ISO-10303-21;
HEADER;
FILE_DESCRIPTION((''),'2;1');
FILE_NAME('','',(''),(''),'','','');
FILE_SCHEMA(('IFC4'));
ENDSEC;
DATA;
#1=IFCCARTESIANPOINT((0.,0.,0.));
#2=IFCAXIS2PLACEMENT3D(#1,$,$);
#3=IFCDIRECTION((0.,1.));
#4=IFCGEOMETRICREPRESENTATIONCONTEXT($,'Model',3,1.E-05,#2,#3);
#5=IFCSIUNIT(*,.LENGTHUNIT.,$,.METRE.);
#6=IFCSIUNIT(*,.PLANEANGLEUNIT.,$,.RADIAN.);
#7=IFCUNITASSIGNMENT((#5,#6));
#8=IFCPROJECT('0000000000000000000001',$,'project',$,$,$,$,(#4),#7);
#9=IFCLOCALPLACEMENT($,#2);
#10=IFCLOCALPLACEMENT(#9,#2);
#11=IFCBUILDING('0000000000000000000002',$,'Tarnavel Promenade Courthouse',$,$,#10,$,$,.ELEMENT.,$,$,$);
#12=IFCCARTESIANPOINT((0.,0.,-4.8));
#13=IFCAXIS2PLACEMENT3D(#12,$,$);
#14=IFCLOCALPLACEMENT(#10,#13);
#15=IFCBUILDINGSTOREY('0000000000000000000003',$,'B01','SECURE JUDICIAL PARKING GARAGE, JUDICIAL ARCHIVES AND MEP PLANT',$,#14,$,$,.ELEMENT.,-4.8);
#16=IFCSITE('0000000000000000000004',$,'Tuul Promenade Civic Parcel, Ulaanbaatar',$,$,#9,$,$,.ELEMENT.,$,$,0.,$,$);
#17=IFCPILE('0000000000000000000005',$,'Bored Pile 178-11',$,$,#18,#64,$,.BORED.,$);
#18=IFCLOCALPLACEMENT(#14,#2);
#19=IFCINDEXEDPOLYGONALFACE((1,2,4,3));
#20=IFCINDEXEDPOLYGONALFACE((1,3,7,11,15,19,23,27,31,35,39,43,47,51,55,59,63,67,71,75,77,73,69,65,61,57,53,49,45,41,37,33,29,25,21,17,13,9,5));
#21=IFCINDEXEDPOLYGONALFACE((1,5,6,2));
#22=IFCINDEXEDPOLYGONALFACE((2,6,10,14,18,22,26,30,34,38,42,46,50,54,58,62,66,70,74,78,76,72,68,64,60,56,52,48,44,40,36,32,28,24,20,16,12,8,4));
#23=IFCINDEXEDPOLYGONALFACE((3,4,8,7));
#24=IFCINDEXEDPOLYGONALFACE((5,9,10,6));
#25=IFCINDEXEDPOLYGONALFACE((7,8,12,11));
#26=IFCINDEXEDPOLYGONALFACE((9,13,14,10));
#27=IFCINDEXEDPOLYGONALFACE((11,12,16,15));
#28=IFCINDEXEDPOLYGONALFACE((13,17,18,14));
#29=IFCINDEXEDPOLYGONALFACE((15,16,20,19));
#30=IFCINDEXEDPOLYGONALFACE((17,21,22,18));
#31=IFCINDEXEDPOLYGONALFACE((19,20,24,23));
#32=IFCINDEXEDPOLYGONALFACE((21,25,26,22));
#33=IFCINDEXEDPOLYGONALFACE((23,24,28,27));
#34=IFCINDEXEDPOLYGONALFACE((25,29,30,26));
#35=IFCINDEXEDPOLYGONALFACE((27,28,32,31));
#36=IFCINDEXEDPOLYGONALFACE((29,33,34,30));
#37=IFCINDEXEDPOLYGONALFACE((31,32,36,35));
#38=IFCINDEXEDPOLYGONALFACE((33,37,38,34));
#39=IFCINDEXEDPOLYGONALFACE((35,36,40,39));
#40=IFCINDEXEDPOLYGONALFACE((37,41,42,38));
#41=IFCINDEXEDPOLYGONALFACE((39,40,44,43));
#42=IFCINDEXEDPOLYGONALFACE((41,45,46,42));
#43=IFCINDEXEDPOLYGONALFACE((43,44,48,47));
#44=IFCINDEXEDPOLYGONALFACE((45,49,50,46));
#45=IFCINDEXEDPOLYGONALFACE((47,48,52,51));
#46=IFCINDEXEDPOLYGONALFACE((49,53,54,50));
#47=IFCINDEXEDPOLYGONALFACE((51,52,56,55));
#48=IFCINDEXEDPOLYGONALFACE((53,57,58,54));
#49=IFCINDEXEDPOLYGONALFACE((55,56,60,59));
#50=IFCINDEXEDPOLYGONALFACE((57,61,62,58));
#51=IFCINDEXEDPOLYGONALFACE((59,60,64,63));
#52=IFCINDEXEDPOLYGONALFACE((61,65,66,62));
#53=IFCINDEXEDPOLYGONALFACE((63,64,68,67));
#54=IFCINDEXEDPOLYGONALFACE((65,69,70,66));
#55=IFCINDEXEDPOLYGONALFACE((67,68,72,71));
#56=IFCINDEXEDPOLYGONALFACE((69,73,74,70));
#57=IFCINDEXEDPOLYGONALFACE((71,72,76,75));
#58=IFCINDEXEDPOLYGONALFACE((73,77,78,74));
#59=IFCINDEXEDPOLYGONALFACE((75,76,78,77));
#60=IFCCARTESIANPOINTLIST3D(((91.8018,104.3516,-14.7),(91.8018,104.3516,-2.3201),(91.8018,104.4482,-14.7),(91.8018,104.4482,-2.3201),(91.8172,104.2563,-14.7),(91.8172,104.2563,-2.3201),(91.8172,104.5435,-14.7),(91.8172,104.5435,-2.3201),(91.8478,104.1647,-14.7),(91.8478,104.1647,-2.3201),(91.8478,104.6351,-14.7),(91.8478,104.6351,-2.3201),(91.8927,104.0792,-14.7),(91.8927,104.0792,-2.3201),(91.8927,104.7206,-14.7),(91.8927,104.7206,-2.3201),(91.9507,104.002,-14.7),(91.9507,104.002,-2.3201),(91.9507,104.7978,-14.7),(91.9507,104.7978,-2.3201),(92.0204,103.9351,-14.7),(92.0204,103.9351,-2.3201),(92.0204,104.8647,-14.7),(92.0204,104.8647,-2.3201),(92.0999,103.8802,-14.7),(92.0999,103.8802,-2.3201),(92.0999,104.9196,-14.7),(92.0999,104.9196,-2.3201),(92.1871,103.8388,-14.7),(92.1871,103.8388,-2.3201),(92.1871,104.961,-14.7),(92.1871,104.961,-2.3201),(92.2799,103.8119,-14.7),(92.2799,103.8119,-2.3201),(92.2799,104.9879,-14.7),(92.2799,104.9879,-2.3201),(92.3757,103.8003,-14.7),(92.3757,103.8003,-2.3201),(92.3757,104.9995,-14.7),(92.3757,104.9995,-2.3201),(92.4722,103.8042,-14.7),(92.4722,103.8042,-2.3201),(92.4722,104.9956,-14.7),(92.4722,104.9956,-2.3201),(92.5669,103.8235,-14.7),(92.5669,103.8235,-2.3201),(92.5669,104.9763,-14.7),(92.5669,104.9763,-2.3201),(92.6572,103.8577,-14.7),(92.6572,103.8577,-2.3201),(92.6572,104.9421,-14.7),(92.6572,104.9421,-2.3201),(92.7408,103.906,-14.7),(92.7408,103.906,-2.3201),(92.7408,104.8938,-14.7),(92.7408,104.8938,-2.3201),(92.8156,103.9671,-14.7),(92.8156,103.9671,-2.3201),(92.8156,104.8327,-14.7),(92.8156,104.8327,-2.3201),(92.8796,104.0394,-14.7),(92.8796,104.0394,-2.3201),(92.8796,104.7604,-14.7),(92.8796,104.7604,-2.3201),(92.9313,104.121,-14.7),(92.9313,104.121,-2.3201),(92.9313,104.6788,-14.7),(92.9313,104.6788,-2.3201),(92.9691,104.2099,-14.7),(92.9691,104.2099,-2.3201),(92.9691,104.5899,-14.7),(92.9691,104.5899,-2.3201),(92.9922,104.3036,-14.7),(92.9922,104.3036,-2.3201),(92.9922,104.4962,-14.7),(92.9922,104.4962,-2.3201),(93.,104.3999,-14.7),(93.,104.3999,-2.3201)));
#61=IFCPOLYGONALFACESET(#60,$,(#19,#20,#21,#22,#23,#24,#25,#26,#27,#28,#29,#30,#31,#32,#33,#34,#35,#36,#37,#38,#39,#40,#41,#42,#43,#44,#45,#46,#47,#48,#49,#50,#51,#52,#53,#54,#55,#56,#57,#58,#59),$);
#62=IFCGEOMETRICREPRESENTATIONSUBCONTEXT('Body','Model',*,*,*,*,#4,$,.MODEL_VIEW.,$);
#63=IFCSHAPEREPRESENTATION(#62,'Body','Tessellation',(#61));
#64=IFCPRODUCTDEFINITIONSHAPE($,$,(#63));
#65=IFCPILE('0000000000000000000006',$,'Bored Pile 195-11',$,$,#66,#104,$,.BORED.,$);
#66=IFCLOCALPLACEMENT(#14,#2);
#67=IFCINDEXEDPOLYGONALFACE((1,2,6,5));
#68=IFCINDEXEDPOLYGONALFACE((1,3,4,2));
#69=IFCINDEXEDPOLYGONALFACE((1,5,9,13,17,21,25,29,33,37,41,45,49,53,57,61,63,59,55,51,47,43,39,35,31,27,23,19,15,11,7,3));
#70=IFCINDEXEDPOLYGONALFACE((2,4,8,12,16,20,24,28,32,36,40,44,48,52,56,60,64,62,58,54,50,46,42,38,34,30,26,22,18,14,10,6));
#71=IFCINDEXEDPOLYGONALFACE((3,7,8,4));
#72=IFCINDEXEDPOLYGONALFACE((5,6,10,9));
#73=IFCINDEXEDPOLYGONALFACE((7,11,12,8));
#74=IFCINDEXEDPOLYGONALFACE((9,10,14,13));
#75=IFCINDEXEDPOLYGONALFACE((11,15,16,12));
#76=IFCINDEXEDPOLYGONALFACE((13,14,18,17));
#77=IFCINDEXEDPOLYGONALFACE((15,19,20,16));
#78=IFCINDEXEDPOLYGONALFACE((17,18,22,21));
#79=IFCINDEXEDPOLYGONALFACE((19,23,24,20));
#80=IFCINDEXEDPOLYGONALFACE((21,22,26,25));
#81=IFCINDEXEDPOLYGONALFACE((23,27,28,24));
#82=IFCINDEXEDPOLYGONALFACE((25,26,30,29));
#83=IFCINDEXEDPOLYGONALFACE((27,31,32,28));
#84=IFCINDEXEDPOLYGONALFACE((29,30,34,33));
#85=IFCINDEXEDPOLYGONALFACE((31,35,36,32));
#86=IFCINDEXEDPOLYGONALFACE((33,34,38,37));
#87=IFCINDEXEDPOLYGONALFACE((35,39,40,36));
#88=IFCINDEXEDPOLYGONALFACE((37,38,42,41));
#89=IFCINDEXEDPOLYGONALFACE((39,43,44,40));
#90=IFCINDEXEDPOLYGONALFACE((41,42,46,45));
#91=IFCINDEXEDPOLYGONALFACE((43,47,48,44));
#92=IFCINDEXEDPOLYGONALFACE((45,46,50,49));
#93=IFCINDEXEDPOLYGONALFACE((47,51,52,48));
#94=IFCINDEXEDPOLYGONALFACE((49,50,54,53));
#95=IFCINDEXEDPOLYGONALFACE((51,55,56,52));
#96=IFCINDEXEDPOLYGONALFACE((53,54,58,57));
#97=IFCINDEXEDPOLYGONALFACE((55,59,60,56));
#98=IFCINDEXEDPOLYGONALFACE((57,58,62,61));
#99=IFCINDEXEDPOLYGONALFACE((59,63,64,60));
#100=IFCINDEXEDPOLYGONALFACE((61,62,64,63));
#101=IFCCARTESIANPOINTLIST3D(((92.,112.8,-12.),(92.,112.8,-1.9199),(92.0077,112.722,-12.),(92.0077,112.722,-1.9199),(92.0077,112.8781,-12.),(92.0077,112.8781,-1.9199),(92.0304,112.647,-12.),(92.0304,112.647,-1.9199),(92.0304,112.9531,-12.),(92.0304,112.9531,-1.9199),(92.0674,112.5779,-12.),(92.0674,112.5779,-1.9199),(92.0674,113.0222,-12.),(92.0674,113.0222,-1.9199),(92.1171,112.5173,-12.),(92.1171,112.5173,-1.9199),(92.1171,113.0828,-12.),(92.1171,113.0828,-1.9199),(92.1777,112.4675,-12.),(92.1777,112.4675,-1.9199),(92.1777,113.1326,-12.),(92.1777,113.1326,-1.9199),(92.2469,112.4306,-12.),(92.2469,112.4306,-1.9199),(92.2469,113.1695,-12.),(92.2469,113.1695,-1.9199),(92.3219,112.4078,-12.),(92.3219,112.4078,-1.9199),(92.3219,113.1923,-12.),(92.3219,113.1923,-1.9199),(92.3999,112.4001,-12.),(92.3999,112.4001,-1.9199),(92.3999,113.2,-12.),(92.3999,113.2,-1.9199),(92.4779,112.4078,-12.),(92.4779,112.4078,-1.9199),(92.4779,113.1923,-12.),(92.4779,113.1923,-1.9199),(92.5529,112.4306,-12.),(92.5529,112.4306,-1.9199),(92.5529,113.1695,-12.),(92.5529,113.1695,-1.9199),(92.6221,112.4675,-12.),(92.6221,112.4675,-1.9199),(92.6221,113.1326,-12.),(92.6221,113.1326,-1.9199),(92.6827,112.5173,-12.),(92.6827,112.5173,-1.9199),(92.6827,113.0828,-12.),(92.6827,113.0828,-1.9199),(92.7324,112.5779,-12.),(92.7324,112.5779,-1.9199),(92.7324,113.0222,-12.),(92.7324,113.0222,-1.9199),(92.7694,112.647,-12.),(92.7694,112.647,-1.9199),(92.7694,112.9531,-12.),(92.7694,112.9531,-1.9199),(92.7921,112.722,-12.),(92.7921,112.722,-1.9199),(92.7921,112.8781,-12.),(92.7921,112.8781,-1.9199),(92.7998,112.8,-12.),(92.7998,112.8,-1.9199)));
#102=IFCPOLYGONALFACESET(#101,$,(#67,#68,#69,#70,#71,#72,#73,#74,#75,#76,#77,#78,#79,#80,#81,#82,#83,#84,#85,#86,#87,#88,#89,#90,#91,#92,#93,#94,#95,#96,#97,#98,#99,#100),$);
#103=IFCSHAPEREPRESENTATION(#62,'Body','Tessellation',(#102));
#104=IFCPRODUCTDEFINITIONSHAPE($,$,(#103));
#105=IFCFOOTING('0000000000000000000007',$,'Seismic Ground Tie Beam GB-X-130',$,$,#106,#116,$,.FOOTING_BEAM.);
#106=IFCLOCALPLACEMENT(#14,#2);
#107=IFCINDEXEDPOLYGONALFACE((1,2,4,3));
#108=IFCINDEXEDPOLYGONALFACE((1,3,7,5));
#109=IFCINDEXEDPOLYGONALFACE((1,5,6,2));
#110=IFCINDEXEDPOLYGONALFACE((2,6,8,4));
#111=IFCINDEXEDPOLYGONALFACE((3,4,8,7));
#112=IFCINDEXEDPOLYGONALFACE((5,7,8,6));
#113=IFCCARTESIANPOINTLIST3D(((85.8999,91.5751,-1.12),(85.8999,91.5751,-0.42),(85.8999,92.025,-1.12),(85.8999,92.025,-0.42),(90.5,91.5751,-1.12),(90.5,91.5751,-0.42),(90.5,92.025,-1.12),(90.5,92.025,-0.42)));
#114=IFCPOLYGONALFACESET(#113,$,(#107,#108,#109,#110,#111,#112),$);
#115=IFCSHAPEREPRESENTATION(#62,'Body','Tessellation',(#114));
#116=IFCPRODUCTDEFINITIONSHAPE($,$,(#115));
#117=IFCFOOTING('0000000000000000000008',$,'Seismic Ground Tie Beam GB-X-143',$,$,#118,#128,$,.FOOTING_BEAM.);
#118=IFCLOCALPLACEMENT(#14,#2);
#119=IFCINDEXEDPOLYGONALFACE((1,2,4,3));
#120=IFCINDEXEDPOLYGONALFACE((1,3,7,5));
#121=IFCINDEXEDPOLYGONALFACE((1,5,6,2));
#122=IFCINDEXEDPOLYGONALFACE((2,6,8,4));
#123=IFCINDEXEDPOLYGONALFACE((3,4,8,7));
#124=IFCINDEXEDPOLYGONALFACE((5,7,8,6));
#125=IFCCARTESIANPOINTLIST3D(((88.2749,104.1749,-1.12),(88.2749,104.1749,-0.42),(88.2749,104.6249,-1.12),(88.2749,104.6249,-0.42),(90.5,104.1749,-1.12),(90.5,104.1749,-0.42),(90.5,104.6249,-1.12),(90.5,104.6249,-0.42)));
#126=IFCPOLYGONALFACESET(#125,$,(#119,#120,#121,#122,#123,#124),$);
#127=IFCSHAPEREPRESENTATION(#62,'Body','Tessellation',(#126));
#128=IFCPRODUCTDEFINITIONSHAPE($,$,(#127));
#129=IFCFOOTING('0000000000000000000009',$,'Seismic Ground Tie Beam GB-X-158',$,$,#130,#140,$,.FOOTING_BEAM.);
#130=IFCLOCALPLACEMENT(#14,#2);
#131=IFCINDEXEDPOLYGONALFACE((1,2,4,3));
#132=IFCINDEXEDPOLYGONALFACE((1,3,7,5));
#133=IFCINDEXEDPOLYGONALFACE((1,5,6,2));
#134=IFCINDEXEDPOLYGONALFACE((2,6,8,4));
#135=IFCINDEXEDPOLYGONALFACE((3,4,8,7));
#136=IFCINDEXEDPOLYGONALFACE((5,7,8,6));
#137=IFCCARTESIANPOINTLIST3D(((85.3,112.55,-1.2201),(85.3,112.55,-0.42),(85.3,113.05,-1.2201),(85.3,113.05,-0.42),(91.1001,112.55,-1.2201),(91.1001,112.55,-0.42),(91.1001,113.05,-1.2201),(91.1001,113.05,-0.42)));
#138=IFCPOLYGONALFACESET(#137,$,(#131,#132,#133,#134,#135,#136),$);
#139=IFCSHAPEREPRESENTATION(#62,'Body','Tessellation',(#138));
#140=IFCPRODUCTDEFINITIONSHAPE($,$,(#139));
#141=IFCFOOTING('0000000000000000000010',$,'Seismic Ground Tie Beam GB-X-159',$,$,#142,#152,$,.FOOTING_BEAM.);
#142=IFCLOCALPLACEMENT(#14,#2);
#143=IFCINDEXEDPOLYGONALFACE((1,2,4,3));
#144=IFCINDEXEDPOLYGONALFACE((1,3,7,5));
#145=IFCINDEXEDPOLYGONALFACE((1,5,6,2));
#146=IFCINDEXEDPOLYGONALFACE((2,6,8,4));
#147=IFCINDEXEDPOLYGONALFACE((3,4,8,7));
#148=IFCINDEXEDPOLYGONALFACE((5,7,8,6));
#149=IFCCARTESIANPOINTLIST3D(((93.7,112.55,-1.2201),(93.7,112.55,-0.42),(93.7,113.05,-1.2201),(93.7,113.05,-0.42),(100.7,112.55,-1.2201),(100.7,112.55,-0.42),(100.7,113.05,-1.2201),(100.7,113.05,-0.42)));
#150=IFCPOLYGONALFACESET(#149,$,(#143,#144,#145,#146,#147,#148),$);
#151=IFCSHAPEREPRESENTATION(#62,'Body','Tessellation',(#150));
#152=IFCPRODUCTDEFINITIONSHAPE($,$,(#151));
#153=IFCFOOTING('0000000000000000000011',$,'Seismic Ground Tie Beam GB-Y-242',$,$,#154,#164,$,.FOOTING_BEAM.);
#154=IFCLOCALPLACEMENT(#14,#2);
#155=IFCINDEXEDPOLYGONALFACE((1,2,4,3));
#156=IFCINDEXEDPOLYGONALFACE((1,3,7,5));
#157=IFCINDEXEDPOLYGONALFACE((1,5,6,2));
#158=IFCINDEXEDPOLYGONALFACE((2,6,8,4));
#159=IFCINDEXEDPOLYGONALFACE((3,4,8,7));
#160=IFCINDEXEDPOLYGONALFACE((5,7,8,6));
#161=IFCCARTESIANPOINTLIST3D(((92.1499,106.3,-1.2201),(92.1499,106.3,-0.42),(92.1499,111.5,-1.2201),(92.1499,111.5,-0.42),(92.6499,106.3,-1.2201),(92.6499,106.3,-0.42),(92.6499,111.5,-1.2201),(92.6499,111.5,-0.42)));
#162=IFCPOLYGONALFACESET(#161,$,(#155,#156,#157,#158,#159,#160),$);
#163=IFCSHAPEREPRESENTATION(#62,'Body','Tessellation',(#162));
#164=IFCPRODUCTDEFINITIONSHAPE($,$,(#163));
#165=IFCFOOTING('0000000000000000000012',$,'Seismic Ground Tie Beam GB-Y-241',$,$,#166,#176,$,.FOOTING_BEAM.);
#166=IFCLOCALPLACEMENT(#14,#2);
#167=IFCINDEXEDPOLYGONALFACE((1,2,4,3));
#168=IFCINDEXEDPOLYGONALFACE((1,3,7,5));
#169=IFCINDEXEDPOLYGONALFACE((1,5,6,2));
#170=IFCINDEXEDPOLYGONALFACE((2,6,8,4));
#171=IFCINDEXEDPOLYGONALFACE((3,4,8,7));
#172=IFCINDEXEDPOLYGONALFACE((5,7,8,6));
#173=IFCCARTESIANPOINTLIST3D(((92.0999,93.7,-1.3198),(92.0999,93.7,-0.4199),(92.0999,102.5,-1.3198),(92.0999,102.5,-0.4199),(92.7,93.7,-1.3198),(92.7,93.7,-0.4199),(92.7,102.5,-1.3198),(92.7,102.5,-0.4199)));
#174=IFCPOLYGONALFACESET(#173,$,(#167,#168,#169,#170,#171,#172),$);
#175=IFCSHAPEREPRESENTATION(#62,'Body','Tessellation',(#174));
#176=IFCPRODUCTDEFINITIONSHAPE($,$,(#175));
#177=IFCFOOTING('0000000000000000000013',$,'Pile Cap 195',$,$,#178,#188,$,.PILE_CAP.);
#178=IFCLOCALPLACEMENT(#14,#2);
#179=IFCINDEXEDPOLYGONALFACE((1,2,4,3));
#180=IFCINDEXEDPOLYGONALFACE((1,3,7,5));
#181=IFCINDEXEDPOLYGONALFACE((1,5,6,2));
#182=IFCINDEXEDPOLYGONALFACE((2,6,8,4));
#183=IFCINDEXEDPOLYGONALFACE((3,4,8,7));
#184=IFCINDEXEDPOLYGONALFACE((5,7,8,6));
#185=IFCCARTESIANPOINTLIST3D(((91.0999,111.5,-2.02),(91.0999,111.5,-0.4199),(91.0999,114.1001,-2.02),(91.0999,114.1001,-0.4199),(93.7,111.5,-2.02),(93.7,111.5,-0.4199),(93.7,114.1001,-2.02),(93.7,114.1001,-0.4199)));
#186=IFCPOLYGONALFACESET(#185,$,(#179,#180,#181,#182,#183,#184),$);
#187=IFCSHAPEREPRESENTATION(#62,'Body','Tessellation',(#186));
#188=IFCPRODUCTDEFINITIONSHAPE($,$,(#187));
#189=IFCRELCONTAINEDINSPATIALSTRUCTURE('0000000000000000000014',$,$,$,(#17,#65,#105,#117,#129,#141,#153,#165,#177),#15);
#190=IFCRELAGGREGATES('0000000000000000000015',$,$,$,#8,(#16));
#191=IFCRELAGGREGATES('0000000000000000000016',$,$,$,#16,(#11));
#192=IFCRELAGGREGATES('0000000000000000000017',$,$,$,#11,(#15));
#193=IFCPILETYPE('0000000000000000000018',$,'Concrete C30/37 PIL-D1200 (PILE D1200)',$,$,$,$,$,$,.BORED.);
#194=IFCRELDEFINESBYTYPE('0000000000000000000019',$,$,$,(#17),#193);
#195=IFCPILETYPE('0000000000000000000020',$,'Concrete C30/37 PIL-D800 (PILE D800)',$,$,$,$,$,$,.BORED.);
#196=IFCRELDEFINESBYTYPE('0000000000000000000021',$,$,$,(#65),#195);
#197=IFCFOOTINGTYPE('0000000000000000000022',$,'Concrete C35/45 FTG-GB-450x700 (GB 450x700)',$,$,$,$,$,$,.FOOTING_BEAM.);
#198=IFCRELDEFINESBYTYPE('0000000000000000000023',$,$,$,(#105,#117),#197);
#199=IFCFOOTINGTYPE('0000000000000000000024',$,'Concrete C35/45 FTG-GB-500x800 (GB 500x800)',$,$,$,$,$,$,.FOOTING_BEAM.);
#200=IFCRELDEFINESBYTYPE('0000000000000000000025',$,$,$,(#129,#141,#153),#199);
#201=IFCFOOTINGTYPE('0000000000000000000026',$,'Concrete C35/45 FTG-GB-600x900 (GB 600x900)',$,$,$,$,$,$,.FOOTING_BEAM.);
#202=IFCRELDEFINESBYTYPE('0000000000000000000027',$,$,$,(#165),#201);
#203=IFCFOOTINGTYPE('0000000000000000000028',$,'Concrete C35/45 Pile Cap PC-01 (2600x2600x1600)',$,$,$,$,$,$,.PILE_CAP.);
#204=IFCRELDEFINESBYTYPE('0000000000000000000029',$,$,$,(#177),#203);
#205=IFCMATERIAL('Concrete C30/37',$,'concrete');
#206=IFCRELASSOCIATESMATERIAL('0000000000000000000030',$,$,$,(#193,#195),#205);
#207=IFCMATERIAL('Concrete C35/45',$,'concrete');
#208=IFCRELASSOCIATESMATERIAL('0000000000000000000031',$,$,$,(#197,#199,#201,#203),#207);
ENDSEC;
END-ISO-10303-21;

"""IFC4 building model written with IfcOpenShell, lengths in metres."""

from ifc_helpers import new_model, si_unit, direction, frame, origin, origin_2d, place, context, subcontext, project, spatial, rectangle, circle, extrude, material, material_profile, profile_set, type_object, element, save


model = new_model("IFC4")

# Units and contexts
model_context = context("Model", 3, precision=1e-05, world=origin(), true_north=direction((0.0, 1.0)))
body_context = subcontext(model_context, "Body", "Model", "MODEL_VIEW")
ifc_project = project(units=[si_unit("LENGTHUNIT", "METRE"), si_unit("PLANEANGLEUNIT", "RADIAN")], contexts=[model_context])

# Site, building, storey
site_placement = place(None, origin())
site = spatial("IfcSite", under=ifc_project, at=site_placement, Name="Tuul Promenade Civic Parcel, Ulaanbaatar", CompositionType="ELEMENT", RefElevation=0.0)
building_placement = place(site_placement, origin())
building = spatial("IfcBuilding", under=site, at=building_placement, Name="Tarnavel Promenade Courthouse", CompositionType="ELEMENT")
storey_placement = place(building_placement, frame((0.0, 0.0, -4.8)))
storey = spatial("IfcBuildingStorey", under=building, at=storey_placement, Name="B01", Description="SECURE JUDICIAL PARKING GARAGE, JUDICIAL ARCHIVES AND MEP PLANT", CompositionType="ELEMENT", Elevation=-4.8)

# Piles
ifc_material_1 = material(Name="Concrete C30/37", Category="concrete")
ifc_material_profile_1 = material_profile(ifc_material_1, circle(Radius=0.6001, at=origin_2d()), Name="PILE D1200")
ifc_profile_set_1 = profile_set([ifc_material_profile_1], Name="Concrete C30/37")
pile_type_1 = type_object("IfcPileType", Name="Concrete C30/37 PIL-D1200 (PILE D1200)", PredefinedType="BORED", material=ifc_profile_set_1)
for number, where, z_axis, x_axis, name in (
    (1, (92.3999, 104.3999, -2.3201), (0.0, 0.0, -1.0), (1.0, 0.0, 0.0), "Bored Pile 178-11"),
):
    element("IfcPile", number, at=place(storey_placement, frame(where, z_axis=z_axis, x_axis=x_axis)), inside=storey, type_object=pile_type_1, Name=name, PredefinedType="BORED", context=body_context, shape_type="SweptSolid", body=[
        extrude(circle(Radius=0.6001, at=origin_2d()), origin(), (0.0, 0.0, 1.0), 12.3799),
    ])
ifc_material_profile_2 = material_profile(ifc_material_1, circle(Radius=0.3999, at=origin_2d()), Name="PILE D800")
ifc_profile_set_2 = profile_set([ifc_material_profile_2], Name="Concrete C30/37")
pile_type_2 = type_object("IfcPileType", Name="Concrete C30/37 PIL-D800 (PILE D800)", PredefinedType="BORED", material=ifc_profile_set_2)
pile_placement = place(storey_placement, frame((92.3999, 112.8, -1.9199), z_axis=(0.0, 0.0, -1.0), x_axis=(1.0, 0.0, 0.0)))
element("IfcPile", 2, at=pile_placement, inside=storey, type_object=pile_type_2, Name="Bored Pile 195-11", PredefinedType="BORED", context=body_context, shape_type="SweptSolid", body=[
    extrude(circle(Radius=0.3999, at=origin_2d()), origin(), (0.0, 0.0, 1.0), 10.0801),
])

# Footings
ifc_material_2 = material(Name="Concrete C35/45", Category="concrete")
ifc_material_profile_3 = material_profile(ifc_material_2, rectangle(XDim=0.45, YDim=0.7, at=origin_2d()), Name="GB 450x700")
ifc_profile_set_3 = profile_set([ifc_material_profile_3], Name="Concrete C35/45")
footing_type_1 = type_object("IfcFootingType", Name="Concrete C35/45 FTG-GB-450x700 (GB 450x700)", PredefinedType="FOOTING_BEAM", material=ifc_profile_set_3)
footing_1_placement = place(storey_placement, frame((85.8999, 91.8, -0.77), z_axis=(1.0, 0.0, 0.0), x_axis=(0.0, 1.0, 0.0)))
element("IfcFooting", 3, at=footing_1_placement, inside=storey, type_object=footing_type_1, Name="Seismic Ground Tie Beam GB-X-130", PredefinedType="FOOTING_BEAM", context=body_context, shape_type="SweptSolid", body=[
    extrude(rectangle(XDim=0.45, YDim=0.7, at=origin_2d()), origin(), (0.0, 0.0, 1.0), 4.6001),
])
footing_2_placement = place(storey_placement, frame((88.2749, 104.3999, -0.77), z_axis=(1.0, 0.0, 0.0), x_axis=(0.0, 1.0, 0.0)))
element("IfcFooting", 4, at=footing_2_placement, inside=storey, type_object=footing_type_1, Name="Seismic Ground Tie Beam GB-X-143", PredefinedType="FOOTING_BEAM", context=body_context, shape_type="SweptSolid", body=[
    extrude(rectangle(XDim=0.45, YDim=0.7, at=origin_2d()), origin(), (0.0, 0.0, 1.0), 2.2251),
])
ifc_material_profile_4 = material_profile(ifc_material_2, rectangle(XDim=0.5, YDim=0.8, at=origin_2d()), Name="GB 500x800")
ifc_profile_set_4 = profile_set([ifc_material_profile_4], Name="Concrete C35/45")
footing_type_2 = type_object("IfcFootingType", Name="Concrete C35/45 FTG-GB-500x800 (GB 500x800)", PredefinedType="FOOTING_BEAM", material=ifc_profile_set_4)
footing_3_placement = place(storey_placement, frame((85.3, 112.8, -0.8201), z_axis=(1.0, 0.0, 0.0), x_axis=(0.0, 1.0, 0.0)))
element("IfcFooting", 5, at=footing_3_placement, inside=storey, type_object=footing_type_2, Name="Seismic Ground Tie Beam GB-X-158", PredefinedType="FOOTING_BEAM", context=body_context, shape_type="SweptSolid", body=[
    extrude(rectangle(XDim=0.5, YDim=0.8, at=origin_2d()), origin(), (0.0, 0.0, 1.0), 5.8),
])
footing_4_placement = place(storey_placement, frame((93.7, 112.8, -0.8201), z_axis=(1.0, 0.0, 0.0), x_axis=(0.0, 1.0, 0.0)))
element("IfcFooting", 6, at=footing_4_placement, inside=storey, type_object=footing_type_2, Name="Seismic Ground Tie Beam GB-X-159", PredefinedType="FOOTING_BEAM", context=body_context, shape_type="SweptSolid", body=[
    extrude(rectangle(XDim=0.5, YDim=0.8, at=origin_2d()), origin(), (0.0, 0.0, 1.0), 7.0),
])
footing_5_placement = place(storey_placement, frame((92.3999, 106.3, -0.8201), z_axis=(0.0, 1.0, 0.0), x_axis=(-1.0, 0.0, 0.0)))
element("IfcFooting", 7, at=footing_5_placement, inside=storey, type_object=footing_type_2, Name="Seismic Ground Tie Beam GB-Y-242", PredefinedType="FOOTING_BEAM", context=body_context, shape_type="SweptSolid", body=[
    extrude(rectangle(XDim=0.5, YDim=0.8, at=origin_2d()), origin(), (0.0, 0.0, 1.0), 5.2),
])
ifc_material_profile_5 = material_profile(ifc_material_2, rectangle(XDim=0.6001, YDim=0.8999, at=origin_2d()), Name="GB 600x900")
ifc_profile_set_5 = profile_set([ifc_material_profile_5], Name="Concrete C35/45")
footing_type_3 = type_object("IfcFootingType", Name="Concrete C35/45 FTG-GB-600x900 (GB 600x900)", PredefinedType="FOOTING_BEAM", material=ifc_profile_set_5)
footing_6_placement = place(storey_placement, frame((92.3999, 93.7, -0.8699), z_axis=(0.0, 1.0, 0.0), x_axis=(-1.0, 0.0, 0.0)))
element("IfcFooting", 8, at=footing_6_placement, inside=storey, type_object=footing_type_3, Name="Seismic Ground Tie Beam GB-Y-241", PredefinedType="FOOTING_BEAM", context=body_context, shape_type="SweptSolid", body=[
    extrude(rectangle(XDim=0.6001, YDim=0.8999, at=origin_2d()), origin(), (0.0, 0.0, 1.0), 8.8),
])
footing_type_4 = type_object("IfcFootingType", Name="Concrete C35/45 Pile Cap PC-01 (2600x2600x1600)", PredefinedType="PILE_CAP", material=ifc_material_2)
footing_7_placement = place(storey_placement, frame((92.3999, 112.8, -2.02), z_axis=(0.0, 0.0, 1.0), x_axis=(1.0, 0.0, 0.0)))
element("IfcFooting", 9, at=footing_7_placement, inside=storey, type_object=footing_type_4, Name="Pile Cap 195", PredefinedType="PILE_CAP", context=body_context, shape_type="SweptSolid", body=[
    extrude(rectangle(XDim=2.6001, YDim=2.6001, at=origin_2d()), origin(), (0.0, 0.0, 1.0), 1.6001),
])

save(model, "model.ifc")
